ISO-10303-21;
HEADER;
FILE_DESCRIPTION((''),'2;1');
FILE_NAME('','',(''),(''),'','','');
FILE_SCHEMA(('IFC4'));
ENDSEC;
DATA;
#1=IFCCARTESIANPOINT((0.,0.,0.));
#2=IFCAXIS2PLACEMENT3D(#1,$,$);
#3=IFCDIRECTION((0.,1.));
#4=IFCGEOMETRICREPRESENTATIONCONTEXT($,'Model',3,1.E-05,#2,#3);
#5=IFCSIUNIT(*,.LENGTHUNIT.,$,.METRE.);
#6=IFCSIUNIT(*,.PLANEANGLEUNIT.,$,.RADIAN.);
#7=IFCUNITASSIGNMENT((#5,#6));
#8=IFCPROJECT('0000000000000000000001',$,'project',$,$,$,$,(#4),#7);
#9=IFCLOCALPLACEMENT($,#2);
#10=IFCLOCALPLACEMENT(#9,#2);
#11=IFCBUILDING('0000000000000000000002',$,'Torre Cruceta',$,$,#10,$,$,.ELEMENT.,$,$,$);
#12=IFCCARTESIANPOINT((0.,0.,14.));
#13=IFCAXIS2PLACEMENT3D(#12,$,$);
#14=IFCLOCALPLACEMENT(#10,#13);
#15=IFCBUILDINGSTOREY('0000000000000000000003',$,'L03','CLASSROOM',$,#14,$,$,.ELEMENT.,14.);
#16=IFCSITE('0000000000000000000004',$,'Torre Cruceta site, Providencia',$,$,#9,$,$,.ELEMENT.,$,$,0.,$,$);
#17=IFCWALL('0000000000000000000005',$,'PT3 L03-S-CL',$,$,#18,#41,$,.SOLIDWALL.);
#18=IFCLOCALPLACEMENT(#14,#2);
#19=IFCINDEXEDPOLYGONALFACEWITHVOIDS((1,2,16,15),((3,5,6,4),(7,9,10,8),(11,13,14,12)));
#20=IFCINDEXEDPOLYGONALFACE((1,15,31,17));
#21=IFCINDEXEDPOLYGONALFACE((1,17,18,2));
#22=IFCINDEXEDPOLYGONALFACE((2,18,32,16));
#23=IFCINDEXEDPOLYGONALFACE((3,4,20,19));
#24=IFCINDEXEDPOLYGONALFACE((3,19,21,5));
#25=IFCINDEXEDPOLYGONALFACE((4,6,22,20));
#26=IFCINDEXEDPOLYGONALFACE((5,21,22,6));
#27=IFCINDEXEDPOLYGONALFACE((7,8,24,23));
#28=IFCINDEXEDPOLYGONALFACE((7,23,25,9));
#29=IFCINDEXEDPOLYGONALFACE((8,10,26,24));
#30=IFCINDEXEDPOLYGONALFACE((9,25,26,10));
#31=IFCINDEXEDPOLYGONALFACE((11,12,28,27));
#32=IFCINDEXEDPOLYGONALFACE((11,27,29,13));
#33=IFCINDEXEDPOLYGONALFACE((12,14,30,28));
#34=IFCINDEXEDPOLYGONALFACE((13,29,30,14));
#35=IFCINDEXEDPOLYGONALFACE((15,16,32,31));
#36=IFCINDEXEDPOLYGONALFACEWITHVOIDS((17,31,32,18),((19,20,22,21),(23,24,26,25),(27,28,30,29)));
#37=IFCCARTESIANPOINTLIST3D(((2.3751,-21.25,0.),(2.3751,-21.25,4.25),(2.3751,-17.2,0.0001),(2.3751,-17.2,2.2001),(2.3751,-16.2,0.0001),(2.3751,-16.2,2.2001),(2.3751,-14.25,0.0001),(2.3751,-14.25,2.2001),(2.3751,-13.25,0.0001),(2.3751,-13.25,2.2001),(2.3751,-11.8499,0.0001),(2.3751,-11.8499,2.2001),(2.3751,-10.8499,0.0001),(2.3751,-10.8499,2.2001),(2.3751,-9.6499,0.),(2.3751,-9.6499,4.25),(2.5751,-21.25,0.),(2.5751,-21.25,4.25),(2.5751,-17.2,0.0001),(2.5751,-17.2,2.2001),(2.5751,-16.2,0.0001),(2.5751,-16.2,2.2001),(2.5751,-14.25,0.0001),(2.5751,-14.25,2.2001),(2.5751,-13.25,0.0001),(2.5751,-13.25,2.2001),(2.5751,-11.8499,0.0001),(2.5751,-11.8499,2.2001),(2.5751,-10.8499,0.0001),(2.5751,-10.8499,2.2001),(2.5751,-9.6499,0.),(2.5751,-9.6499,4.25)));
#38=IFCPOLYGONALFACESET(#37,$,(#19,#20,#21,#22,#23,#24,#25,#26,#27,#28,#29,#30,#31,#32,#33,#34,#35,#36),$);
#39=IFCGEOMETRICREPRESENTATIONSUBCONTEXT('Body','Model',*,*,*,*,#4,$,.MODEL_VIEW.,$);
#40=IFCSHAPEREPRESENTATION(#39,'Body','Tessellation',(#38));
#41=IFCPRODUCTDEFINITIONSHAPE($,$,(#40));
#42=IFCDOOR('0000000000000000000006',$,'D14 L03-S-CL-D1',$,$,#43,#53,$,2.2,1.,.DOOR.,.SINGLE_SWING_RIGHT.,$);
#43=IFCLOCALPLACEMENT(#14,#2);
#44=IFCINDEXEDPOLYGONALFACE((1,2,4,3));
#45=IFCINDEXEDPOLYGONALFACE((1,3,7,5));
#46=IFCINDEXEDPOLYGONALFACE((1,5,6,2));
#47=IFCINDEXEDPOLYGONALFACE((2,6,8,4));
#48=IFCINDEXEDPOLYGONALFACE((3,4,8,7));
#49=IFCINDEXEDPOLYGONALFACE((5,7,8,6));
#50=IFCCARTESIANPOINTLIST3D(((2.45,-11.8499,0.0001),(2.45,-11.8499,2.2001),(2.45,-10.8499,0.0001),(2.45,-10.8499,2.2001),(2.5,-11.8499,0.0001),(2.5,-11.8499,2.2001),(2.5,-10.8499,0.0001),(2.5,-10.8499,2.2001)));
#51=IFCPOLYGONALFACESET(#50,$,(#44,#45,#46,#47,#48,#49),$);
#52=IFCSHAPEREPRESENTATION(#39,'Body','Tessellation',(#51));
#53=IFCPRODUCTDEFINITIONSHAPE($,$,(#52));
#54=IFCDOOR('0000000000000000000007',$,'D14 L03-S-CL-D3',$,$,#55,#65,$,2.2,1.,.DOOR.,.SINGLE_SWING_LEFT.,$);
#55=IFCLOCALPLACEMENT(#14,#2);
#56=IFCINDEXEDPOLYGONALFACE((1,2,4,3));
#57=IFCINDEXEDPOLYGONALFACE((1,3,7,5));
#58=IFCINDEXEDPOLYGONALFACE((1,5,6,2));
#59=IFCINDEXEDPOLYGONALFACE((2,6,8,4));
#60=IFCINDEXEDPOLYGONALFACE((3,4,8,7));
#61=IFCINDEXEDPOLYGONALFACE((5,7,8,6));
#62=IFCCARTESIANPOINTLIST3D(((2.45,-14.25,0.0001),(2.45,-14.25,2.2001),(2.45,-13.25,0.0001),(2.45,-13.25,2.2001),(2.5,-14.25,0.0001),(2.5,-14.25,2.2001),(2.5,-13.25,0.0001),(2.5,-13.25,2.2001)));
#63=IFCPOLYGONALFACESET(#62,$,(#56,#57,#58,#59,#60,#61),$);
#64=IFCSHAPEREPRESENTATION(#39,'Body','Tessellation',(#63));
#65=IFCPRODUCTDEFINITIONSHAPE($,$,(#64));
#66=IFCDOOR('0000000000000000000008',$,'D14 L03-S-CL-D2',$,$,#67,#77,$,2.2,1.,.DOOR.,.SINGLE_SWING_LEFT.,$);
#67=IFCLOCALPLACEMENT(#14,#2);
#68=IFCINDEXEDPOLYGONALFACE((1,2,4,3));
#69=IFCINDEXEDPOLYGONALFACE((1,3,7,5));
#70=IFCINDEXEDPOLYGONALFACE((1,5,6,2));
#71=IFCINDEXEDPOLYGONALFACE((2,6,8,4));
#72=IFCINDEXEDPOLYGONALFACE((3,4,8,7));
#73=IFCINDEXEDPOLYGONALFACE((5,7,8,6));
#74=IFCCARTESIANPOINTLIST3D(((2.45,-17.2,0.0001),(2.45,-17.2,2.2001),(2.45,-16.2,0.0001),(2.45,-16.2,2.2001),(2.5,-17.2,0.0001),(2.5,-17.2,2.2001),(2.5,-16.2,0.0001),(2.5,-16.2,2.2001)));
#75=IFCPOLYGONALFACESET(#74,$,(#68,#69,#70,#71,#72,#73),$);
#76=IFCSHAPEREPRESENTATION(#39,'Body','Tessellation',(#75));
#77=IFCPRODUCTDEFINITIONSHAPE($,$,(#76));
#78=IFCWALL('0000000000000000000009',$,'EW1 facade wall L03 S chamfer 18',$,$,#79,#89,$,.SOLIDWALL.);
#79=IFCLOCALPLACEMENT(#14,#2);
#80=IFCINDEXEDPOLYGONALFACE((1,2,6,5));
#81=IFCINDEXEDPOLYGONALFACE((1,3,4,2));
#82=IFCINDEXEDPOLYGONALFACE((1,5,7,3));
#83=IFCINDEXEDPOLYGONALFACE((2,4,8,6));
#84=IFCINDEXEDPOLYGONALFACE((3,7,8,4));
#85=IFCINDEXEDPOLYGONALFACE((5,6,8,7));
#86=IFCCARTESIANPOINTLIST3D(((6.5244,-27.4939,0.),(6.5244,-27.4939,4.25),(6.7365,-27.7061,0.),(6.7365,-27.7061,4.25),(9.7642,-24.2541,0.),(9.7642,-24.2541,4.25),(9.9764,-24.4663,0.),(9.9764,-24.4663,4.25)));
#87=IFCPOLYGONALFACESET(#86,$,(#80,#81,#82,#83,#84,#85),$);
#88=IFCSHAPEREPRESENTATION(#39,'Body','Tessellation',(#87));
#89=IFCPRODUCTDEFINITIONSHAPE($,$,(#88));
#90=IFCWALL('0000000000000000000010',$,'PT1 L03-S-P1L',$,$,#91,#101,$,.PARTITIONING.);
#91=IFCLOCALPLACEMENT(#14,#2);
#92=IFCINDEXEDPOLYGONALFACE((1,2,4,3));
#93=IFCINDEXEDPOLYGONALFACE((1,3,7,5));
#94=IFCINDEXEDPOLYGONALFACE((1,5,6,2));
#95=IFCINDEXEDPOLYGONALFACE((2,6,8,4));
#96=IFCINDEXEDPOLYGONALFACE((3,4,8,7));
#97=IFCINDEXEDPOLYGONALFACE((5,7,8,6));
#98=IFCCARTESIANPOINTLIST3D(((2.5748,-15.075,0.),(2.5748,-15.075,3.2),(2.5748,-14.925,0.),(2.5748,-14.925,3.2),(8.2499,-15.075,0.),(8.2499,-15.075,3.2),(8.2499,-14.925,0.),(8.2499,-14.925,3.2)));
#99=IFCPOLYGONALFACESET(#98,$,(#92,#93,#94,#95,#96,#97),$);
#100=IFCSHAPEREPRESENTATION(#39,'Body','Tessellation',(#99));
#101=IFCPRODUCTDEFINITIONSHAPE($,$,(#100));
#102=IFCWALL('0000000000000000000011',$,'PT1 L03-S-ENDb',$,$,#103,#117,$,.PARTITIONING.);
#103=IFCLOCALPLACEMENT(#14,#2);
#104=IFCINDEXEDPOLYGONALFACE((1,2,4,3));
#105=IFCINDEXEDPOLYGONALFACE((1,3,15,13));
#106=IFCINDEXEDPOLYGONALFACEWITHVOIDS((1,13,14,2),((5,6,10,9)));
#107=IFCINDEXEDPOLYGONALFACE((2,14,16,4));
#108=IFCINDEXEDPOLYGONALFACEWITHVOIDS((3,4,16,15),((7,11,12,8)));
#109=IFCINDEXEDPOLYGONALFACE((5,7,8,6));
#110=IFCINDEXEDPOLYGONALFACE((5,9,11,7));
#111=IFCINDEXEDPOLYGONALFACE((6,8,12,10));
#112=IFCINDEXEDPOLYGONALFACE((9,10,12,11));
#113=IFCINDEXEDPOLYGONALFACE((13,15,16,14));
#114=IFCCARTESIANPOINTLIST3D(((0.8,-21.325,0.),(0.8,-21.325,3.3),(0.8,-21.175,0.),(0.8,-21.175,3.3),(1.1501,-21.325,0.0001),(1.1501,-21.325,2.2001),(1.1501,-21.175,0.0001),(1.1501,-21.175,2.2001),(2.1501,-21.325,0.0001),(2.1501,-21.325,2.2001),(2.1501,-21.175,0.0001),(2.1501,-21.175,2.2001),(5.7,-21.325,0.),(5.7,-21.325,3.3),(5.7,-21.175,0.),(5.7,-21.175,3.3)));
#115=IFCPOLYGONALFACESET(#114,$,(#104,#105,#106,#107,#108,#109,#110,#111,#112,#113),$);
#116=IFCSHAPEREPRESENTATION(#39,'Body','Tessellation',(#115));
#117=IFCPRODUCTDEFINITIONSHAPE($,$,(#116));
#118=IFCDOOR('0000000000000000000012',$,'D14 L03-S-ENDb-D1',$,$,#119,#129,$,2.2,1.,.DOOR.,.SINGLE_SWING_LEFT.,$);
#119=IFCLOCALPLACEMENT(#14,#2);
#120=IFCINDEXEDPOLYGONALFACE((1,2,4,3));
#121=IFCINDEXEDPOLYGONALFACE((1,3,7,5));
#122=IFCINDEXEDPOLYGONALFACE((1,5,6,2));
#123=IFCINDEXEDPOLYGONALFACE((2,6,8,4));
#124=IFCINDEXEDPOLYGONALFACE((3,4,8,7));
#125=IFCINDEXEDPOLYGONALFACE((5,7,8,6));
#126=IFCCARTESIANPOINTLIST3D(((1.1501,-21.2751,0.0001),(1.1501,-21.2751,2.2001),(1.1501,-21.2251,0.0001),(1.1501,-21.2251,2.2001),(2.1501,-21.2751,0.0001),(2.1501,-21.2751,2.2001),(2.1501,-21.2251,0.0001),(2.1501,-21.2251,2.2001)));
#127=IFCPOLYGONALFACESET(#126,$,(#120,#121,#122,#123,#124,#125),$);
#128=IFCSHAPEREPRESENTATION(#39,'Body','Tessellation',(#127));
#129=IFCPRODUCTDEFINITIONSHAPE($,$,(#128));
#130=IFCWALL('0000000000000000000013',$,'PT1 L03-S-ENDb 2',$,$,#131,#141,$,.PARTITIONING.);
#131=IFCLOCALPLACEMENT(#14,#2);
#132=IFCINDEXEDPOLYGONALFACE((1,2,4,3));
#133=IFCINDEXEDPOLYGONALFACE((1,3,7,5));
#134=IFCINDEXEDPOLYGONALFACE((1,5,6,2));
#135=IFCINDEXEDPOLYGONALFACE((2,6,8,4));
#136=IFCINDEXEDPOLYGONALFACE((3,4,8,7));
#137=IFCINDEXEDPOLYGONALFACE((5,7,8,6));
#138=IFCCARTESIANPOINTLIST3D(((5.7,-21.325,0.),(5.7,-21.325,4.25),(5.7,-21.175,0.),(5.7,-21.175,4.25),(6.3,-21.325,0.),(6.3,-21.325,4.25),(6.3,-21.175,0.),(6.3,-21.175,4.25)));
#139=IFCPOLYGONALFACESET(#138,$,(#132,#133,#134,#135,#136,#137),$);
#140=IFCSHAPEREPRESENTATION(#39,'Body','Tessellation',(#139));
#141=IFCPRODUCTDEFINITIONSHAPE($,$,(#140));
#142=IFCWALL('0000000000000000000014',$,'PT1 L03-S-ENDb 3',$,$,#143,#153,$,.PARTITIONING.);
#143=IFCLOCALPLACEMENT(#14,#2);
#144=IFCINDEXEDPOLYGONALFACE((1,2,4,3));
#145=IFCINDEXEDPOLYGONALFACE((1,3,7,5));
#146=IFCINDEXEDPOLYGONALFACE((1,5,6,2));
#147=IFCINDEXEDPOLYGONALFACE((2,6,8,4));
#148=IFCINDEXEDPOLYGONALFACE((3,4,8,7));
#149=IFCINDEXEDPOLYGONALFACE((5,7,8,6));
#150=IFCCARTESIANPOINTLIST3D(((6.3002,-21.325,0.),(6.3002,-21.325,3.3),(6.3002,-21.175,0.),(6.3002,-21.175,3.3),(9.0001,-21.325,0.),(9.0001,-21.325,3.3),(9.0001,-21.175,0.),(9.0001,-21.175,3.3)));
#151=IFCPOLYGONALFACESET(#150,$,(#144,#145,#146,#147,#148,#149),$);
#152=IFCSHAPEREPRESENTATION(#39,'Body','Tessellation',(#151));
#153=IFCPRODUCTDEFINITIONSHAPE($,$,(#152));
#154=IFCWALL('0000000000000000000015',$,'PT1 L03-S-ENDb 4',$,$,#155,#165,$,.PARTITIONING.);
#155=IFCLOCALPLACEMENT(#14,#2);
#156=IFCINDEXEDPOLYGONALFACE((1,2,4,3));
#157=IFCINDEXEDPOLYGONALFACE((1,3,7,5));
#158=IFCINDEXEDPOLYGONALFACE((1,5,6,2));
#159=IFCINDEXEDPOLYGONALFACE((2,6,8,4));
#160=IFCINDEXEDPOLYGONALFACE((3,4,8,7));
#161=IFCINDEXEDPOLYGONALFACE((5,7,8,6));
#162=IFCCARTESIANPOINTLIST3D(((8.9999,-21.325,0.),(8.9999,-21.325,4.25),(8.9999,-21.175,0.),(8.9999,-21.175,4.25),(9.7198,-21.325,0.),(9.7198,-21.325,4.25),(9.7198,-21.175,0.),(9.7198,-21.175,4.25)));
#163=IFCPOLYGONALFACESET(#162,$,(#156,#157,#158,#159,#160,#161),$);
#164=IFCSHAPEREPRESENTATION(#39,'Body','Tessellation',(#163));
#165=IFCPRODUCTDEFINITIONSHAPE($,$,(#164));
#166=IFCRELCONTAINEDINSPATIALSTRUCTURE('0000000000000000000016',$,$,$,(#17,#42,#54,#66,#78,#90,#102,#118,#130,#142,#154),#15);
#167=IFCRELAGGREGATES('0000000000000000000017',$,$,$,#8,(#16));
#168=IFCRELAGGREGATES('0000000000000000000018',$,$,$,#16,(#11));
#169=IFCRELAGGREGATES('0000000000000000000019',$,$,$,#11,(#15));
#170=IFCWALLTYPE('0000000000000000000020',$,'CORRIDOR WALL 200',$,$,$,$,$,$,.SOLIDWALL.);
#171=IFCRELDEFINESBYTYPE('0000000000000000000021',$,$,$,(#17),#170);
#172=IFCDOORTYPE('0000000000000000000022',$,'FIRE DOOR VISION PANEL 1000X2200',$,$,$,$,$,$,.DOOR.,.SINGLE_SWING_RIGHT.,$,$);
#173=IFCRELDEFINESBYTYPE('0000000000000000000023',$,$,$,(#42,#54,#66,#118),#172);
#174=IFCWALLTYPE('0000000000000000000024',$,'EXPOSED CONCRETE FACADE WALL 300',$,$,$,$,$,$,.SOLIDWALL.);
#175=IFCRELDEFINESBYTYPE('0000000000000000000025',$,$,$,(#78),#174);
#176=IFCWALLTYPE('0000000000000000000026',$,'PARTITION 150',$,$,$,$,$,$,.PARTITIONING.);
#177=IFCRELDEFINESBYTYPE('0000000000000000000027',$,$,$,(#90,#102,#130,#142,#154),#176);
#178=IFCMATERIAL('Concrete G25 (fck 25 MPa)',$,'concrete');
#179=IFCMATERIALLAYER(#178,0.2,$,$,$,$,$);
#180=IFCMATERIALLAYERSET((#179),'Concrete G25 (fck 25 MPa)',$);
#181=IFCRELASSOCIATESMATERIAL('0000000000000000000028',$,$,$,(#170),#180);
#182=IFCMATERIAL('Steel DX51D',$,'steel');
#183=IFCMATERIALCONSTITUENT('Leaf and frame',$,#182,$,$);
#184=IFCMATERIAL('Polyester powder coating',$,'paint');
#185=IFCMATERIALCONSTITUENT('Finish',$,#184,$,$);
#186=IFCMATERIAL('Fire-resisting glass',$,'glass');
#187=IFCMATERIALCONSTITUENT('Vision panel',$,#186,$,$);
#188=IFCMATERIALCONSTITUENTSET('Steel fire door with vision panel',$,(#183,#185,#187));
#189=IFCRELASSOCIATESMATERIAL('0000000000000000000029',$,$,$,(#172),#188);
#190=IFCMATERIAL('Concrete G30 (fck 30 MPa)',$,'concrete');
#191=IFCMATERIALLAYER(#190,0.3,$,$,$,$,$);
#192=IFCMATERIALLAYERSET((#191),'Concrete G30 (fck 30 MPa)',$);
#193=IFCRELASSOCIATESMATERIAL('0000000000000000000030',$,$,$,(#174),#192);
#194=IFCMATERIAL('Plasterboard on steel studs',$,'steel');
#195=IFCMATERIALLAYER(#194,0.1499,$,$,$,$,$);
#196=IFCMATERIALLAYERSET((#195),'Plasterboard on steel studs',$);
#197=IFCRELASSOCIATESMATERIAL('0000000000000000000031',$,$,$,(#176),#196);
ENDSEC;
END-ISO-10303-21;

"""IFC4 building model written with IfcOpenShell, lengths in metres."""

from ifc_helpers import new_model, si_unit, direction, frame, frame_2d, origin, place, context, subcontext, project, spatial, rectangle, extrude, material, layer, layer_set, constituent, constituent_set, type_object, element, fill, save


model = new_model("IFC4")

# Units and contexts
model_context = context("Model", 3, precision=1e-05, world=origin(), true_north=direction((0.0, 1.0)))
body_context = subcontext(model_context, "Body", "Model", "MODEL_VIEW")
ifc_project = project(units=[si_unit("LENGTHUNIT", "METRE"), si_unit("PLANEANGLEUNIT", "RADIAN")], contexts=[model_context])

# Site, building, storey
site_placement = place(None, origin())
site = spatial("IfcSite", under=ifc_project, at=site_placement, Name="Torre Cruceta site, Providencia", CompositionType="ELEMENT", RefElevation=0.0)
building_placement = place(site_placement, origin())
building = spatial("IfcBuilding", under=site, at=building_placement, Name="Torre Cruceta", CompositionType="ELEMENT")
storey_placement = place(building_placement, frame((0.0, 0.0, 14.0)))
storey = spatial("IfcBuildingStorey", under=building, at=storey_placement, Name="L03", Description="CLASSROOM", CompositionType="ELEMENT", Elevation=14.0)

# Wall, openings, doors
ifc_material_1 = material(Name="Concrete G25 (fck 25 MPa)", Category="concrete")
ifc_layer_1 = layer(ifc_material_1, 0.2)
ifc_layer_set_1 = layer_set([ifc_layer_1], Name="Concrete G25 (fck 25 MPa)")
wall_type_1 = type_object("IfcWallType", Name="CORRIDOR WALL 200", PredefinedType="SOLIDWALL", material=ifc_layer_set_1)
wall_1_placement = place(storey_placement, frame((2.4751, -9.6499, 0.0), z_axis=(0.0, 0.0, 1.0), x_axis=(0.0, -1.0, 0.0)))
wall_1 = element("IfcWall", 1, at=wall_1_placement, inside=storey, type_object=wall_type_1, Name="PT3 L03-S-CL", PredefinedType="SOLIDWALL", context=body_context, shape_type="SweptSolid", body=[
    extrude(rectangle(XDim=11.6001, YDim=0.2, at=frame_2d((5.8, 0.0))), origin(), (0.0, 0.0, 1.0), 4.25),
])
opening_1_placement = place(wall_1_placement, frame((1.2, 0.0, 0.0)))
opening_1 = element("IfcOpeningElement", 2, at=opening_1_placement, cuts=wall_1, PredefinedType="OPENING", context=body_context, shape_type="SweptSolid", body=[
    extrude(rectangle(XDim=1.0, YDim=2.2, at=frame_2d((0.5, 1.1001))), frame((0.0, 0.1099, 0.0), z_axis=(0.0, -1.0, 0.0), x_axis=(1.0, 0.0, 0.0)), (0.0, 0.0, 1.0), 0.22),
])
opening_2_placement = place(wall_1_placement, frame((3.6001, 0.0, 0.0)))
opening_2 = element("IfcOpeningElement", 3, at=opening_2_placement, cuts=wall_1, PredefinedType="OPENING", context=body_context, shape_type="SweptSolid", body=[
    extrude(rectangle(XDim=1.0, YDim=2.2, at=frame_2d((0.5, 1.1001))), frame((0.0, 0.1099, 0.0), z_axis=(0.0, -1.0, 0.0), x_axis=(1.0, 0.0, 0.0)), (0.0, 0.0, 1.0), 0.22),
])
opening_3_placement = place(wall_1_placement, frame((6.55, 0.0, 0.0)))
opening_3 = element("IfcOpeningElement", 4, at=opening_3_placement, cuts=wall_1, PredefinedType="OPENING", context=body_context, shape_type="SweptSolid", body=[
    extrude(rectangle(XDim=1.0, YDim=2.2, at=frame_2d((0.5, 1.1001))), frame((0.0, 0.1099, 0.0), z_axis=(0.0, -1.0, 0.0), x_axis=(1.0, 0.0, 0.0)), (0.0, 0.0, 1.0), 0.22),
])
ifc_material_2 = material(Name="Steel DX51D", Category="steel")
ifc_constituent_1 = constituent(ifc_material_2, Name="Leaf and frame")
ifc_material_3 = material(Name="Polyester powder coating", Category="paint")
ifc_constituent_2 = constituent(ifc_material_3, Name="Finish")
ifc_material_4 = material(Name="Fire-resisting glass", Category="glass")
ifc_constituent_3 = constituent(ifc_material_4, Name="Vision panel")
ifc_constituent_set = constituent_set(constituents=[ifc_constituent_1, ifc_constituent_2, ifc_constituent_3], Name="Steel fire door with vision panel")
door_type = type_object("IfcDoorType", Name="FIRE DOOR VISION PANEL 1000X2200", OperationType="SINGLE_SWING_RIGHT", PredefinedType="DOOR", material=ifc_constituent_set)
door_1_placement = place(opening_1_placement, origin())
door_1 = element("IfcDoor", 5, at=door_1_placement, inside=storey, type_object=door_type, Name="D14 L03-S-CL-D1", OperationType="SINGLE_SWING_RIGHT", OverallHeight=2.2, OverallWidth=1.0, PredefinedType="DOOR", context=body_context, shape_type="SweptSolid", body=[
    extrude(rectangle(XDim=1.0, YDim=2.2, at=frame_2d((0.5, 1.1001))), frame((0.0, 0.0249, 0.0), z_axis=(0.0, -1.0, 0.0), x_axis=(1.0, 0.0, 0.0)), (0.0, 0.0, 1.0), 0.05),
])
fill(opening_1, door_1)
door_2_placement = place(opening_2_placement, origin())
door_2 = element("IfcDoor", 6, at=door_2_placement, inside=storey, type_object=door_type, Name="D14 L03-S-CL-D3", OperationType="SINGLE_SWING_LEFT", OverallHeight=2.2, OverallWidth=1.0, PredefinedType="DOOR", context=body_context, shape_type="SweptSolid", body=[
    extrude(rectangle(XDim=1.0, YDim=2.2, at=frame_2d((0.5, 1.1001))), frame((0.0, 0.0249, 0.0), z_axis=(0.0, -1.0, 0.0), x_axis=(1.0, 0.0, 0.0)), (0.0, 0.0, 1.0), 0.05),
])
fill(opening_2, door_2)
door_3_placement = place(opening_3_placement, origin())
door_3 = element("IfcDoor", 7, at=door_3_placement, inside=storey, type_object=door_type, Name="D14 L03-S-CL-D2", OperationType="SINGLE_SWING_LEFT", OverallHeight=2.2, OverallWidth=1.0, PredefinedType="DOOR", context=body_context, shape_type="SweptSolid", body=[
    extrude(rectangle(XDim=1.0, YDim=2.2, at=frame_2d((0.5, 1.1001))), frame((0.0, 0.0249, 0.0), z_axis=(0.0, -1.0, 0.0), x_axis=(1.0, 0.0, 0.0)), (0.0, 0.0, 1.0), 0.05),
])
fill(opening_3, door_3)

# Walls
ifc_material_5 = material(Name="Concrete G30 (fck 30 MPa)", Category="concrete")
ifc_layer_2 = layer(ifc_material_5, 0.3)
ifc_layer_set_2 = layer_set([ifc_layer_2], Name="Concrete G30 (fck 30 MPa)")
wall_type_2 = type_object("IfcWallType", Name="EXPOSED CONCRETE FACADE WALL 300", PredefinedType="SOLIDWALL", material=ifc_layer_set_2)
wall_2_placement = place(storey_placement, frame((6.6304, -27.6001, 0.0), z_axis=(0.0, 0.0, 1.0), x_axis=(0.707107, 0.707107, 0.0)))
element("IfcWall", 8, at=wall_2_placement, inside=storey, type_object=wall_type_2, Name="EW1 facade wall L03 S chamfer 18", PredefinedType="SOLIDWALL", context=body_context, shape_type="SweptSolid", body=[
    extrude(rectangle(XDim=4.5818, YDim=0.3, at=frame_2d((2.291, 0.0))), origin(), (0.0, 0.0, 1.0), 4.25),
])
ifc_material_6 = material(Name="Plasterboard on steel studs", Category="steel")
ifc_layer_3 = layer(ifc_material_6, 0.1499)
ifc_layer_set_3 = layer_set([ifc_layer_3], Name="Plasterboard on steel studs")
wall_type_3 = type_object("IfcWallType", Name="PARTITION 150", PredefinedType="PARTITIONING", material=ifc_layer_set_3)
wall_3_placement = place(storey_placement, frame((2.575, -15.0, 0.0), z_axis=(0.0, 0.0, 1.0), x_axis=(1.0, 0.0, 0.0)))
element("IfcWall", 9, at=wall_3_placement, inside=storey, type_object=wall_type_3, Name="PT1 L03-S-P1L", PredefinedType="PARTITIONING", context=body_context, shape_type="SweptSolid", body=[
    extrude(rectangle(XDim=5.675, YDim=0.1499, at=frame_2d((2.8374, 0.0))), origin(), (0.0, 0.0, 1.0), 3.2),
])

# Wall, opening, door
wall_4_placement = place(storey_placement, frame((0.8, -21.25, 0.0), z_axis=(0.0, 0.0, 1.0), x_axis=(1.0, 0.0, 0.0)))
wall_4 = element("IfcWall", 10, at=wall_4_placement, inside=storey, type_object=wall_type_3, Name="PT1 L03-S-ENDb", PredefinedType="PARTITIONING", context=body_context, shape_type="SweptSolid", body=[
    extrude(rectangle(XDim=4.8999, YDim=0.1499, at=frame_2d((2.45, 0.0))), origin(), (0.0, 0.0, 1.0), 3.3),
])
opening_4_placement = place(wall_4_placement, frame((0.3501, 0.0, 0.0)))
opening_4 = element("IfcOpeningElement", 11, at=opening_4_placement, cuts=wall_4, PredefinedType="OPENING", context=body_context, shape_type="SweptSolid", body=[
    extrude(rectangle(XDim=1.0, YDim=2.2, at=frame_2d((0.5, 1.1001))), frame((0.0, 0.085, 0.0), z_axis=(0.0, -1.0, 0.0), x_axis=(1.0, 0.0, 0.0)), (0.0, 0.0, 1.0), 0.1699),
])
door_4_placement = place(opening_4_placement, frame((1.0, 0.0, 0.0), z_axis=(0.0, 0.0, 1.0), x_axis=(-1.0, 0.0, 0.0)))
door_4 = element("IfcDoor", 12, at=door_4_placement, inside=storey, type_object=door_type, Name="D14 L03-S-ENDb-D1", OperationType="SINGLE_SWING_LEFT", OverallHeight=2.2, OverallWidth=1.0, PredefinedType="DOOR", context=body_context, shape_type="SweptSolid", body=[
    extrude(rectangle(XDim=1.0, YDim=2.2, at=frame_2d((0.5, 1.1001))), frame((0.0, 0.0251, 0.0), z_axis=(0.0, -1.0, 0.0), x_axis=(1.0, 0.0, 0.0)), (0.0, 0.0, 1.0), 0.05),
])
fill(opening_4, door_4)

# Walls
wall_5_placement = place(storey_placement, frame((5.7, -21.25, 0.0), z_axis=(0.0, 0.0, 1.0), x_axis=(1.0, 0.0, 0.0)))
element("IfcWall", 13, at=wall_5_placement, inside=storey, type_object=wall_type_3, Name="PT1 L03-S-ENDb 2", PredefinedType="PARTITIONING", context=body_context, shape_type="SweptSolid", body=[
    extrude(rectangle(XDim=0.6001, YDim=0.1499, at=frame_2d((0.3, 0.0))), origin(), (0.0, 0.0, 1.0), 4.25),
])
wall_6_placement = place(storey_placement, frame((6.3, -21.25, 0.0), z_axis=(0.0, 0.0, 1.0), x_axis=(1.0, 0.0, 0.0)))
element("IfcWall", 14, at=wall_6_placement, inside=storey, type_object=wall_type_3, Name="PT1 L03-S-ENDb 3", PredefinedType="PARTITIONING", context=body_context, shape_type="SweptSolid", body=[
    extrude(rectangle(XDim=2.7, YDim=0.1499, at=frame_2d((1.3501, 0.0))), origin(), (0.0, 0.0, 1.0), 3.3),
])
wall_7_placement = place(storey_placement, frame((9.0, -21.25, 0.0), z_axis=(0.0, 0.0, 1.0), x_axis=(1.0, 0.0, 0.0)))
element("IfcWall", 15, at=wall_7_placement, inside=storey, type_object=wall_type_3, Name="PT1 L03-S-ENDb 4", PredefinedType="PARTITIONING", context=body_context, shape_type="SweptSolid", body=[
    extrude(rectangle(XDim=0.72, YDim=0.1499, at=frame_2d((0.3599, 0.0))), origin(), (0.0, 0.0, 1.0), 4.25),
])

save(model, "model.ifc")
